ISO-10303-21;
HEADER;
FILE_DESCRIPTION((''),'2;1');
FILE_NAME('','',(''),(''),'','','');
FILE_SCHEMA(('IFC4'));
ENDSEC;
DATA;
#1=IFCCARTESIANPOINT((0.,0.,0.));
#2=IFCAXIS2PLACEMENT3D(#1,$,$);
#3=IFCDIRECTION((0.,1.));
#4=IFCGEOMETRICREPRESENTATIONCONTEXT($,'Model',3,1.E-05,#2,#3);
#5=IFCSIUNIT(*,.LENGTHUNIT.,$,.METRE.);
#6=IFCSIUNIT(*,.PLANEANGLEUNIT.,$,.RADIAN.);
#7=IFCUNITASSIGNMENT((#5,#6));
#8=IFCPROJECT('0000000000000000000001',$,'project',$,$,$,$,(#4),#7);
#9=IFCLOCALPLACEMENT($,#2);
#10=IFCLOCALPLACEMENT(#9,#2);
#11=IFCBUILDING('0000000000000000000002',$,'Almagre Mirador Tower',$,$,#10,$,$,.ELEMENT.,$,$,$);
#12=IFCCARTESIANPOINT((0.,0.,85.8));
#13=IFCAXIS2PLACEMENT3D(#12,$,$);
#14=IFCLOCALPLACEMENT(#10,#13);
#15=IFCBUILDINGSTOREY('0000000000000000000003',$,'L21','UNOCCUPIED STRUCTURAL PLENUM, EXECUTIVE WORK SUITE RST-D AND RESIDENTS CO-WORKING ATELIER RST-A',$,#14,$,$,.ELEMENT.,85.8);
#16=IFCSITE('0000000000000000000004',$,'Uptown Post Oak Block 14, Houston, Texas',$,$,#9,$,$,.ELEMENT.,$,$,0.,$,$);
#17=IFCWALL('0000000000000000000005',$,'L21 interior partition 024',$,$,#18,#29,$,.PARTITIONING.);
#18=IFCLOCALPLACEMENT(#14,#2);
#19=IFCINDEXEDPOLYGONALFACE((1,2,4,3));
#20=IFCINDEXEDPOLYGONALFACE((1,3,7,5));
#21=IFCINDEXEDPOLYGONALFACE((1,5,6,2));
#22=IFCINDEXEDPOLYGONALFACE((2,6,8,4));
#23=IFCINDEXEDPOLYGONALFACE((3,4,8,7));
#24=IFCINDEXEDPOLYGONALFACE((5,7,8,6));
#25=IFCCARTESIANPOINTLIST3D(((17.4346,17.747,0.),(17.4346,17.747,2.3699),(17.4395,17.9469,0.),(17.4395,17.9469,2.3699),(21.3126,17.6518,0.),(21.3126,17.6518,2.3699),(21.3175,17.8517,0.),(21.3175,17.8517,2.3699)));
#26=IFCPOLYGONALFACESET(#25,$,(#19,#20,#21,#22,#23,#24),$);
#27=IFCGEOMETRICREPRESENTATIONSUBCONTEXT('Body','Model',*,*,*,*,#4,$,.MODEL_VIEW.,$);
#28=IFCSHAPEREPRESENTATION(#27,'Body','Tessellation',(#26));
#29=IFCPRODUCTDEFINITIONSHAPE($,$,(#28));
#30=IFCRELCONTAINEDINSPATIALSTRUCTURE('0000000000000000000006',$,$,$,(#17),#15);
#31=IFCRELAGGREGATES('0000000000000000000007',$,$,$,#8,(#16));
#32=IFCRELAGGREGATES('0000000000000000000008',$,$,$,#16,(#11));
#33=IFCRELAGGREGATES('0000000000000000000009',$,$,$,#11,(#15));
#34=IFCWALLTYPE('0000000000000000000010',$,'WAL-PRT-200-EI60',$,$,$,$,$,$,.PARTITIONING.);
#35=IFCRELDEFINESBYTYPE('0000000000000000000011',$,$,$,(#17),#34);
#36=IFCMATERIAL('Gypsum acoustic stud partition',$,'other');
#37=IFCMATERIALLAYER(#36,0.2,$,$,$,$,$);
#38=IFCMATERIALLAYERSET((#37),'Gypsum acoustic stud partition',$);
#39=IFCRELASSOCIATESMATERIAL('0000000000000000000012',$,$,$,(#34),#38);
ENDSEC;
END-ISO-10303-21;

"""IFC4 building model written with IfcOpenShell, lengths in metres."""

from ifc_helpers import new_model, si_unit, direction, frame, frame_2d, origin, place, context, subcontext, project, spatial, rectangle, extrude, material, layer, layer_set, type_object, element, save


model = new_model("IFC4")

# Units and contexts
model_context = context("Model", 3, precision=1e-05, world=origin(), true_north=direction((0.0, 1.0)))
body_context = subcontext(model_context, "Body", "Model", "MODEL_VIEW")
ifc_project = project(units=[si_unit("LENGTHUNIT", "METRE"), si_unit("PLANEANGLEUNIT", "RADIAN")], contexts=[model_context])

# Site, building, storey
site_placement = place(None, origin())
site = spatial("IfcSite", under=ifc_project, at=site_placement, Name="Uptown Post Oak Block 14, Houston, Texas", CompositionType="ELEMENT", RefElevation=0.0)
building_placement = place(site_placement, origin())
building = spatial("IfcBuilding", under=site, at=building_placement, Name="Almagre Mirador Tower", CompositionType="ELEMENT")
storey_placement = place(building_placement, frame((0.0, 0.0, 85.8)))
storey = spatial("IfcBuildingStorey", under=building, at=storey_placement, Name="L21", Description="UNOCCUPIED STRUCTURAL PLENUM, EXECUTIVE WORK SUITE RST-D AND RESIDENTS CO-WORKING ATELIER RST-A", CompositionType="ELEMENT", Elevation=85.8)

# Shared definitions
ifc_material_1 = material(Name="Gypsum acoustic stud partition", Category="other")
ifc_layer_1 = layer(ifc_material_1, 0.2)
ifc_layer_set_1 = layer_set([ifc_layer_1], Name="Gypsum acoustic stud partition")
wall_type_1 = type_object("IfcWallType", Name="WAL-PRT-200-EI60", PredefinedType="PARTITIONING", material=ifc_layer_set_1)

# Wall
wall_1_placement = place(storey_placement, frame((21.3149, 17.7517, 0.0), z_axis=(0.0, 0.0, 1.0), x_axis=(-0.999699, 0.024546, 0.0)))
element("IfcWall", 1, at=wall_1_placement, inside=storey, type_object=wall_type_1, Name="L21 interior partition 024", PredefinedType="PARTITIONING", context=body_context, shape_type="SweptSolid", body=[
    extrude(rectangle(XDim=3.8792, YDim=0.2, at=frame_2d((1.9395, 0.0))), origin(), (0.0, 0.0, 1.0), 2.3699),
])

save(model, "model.ifc")
